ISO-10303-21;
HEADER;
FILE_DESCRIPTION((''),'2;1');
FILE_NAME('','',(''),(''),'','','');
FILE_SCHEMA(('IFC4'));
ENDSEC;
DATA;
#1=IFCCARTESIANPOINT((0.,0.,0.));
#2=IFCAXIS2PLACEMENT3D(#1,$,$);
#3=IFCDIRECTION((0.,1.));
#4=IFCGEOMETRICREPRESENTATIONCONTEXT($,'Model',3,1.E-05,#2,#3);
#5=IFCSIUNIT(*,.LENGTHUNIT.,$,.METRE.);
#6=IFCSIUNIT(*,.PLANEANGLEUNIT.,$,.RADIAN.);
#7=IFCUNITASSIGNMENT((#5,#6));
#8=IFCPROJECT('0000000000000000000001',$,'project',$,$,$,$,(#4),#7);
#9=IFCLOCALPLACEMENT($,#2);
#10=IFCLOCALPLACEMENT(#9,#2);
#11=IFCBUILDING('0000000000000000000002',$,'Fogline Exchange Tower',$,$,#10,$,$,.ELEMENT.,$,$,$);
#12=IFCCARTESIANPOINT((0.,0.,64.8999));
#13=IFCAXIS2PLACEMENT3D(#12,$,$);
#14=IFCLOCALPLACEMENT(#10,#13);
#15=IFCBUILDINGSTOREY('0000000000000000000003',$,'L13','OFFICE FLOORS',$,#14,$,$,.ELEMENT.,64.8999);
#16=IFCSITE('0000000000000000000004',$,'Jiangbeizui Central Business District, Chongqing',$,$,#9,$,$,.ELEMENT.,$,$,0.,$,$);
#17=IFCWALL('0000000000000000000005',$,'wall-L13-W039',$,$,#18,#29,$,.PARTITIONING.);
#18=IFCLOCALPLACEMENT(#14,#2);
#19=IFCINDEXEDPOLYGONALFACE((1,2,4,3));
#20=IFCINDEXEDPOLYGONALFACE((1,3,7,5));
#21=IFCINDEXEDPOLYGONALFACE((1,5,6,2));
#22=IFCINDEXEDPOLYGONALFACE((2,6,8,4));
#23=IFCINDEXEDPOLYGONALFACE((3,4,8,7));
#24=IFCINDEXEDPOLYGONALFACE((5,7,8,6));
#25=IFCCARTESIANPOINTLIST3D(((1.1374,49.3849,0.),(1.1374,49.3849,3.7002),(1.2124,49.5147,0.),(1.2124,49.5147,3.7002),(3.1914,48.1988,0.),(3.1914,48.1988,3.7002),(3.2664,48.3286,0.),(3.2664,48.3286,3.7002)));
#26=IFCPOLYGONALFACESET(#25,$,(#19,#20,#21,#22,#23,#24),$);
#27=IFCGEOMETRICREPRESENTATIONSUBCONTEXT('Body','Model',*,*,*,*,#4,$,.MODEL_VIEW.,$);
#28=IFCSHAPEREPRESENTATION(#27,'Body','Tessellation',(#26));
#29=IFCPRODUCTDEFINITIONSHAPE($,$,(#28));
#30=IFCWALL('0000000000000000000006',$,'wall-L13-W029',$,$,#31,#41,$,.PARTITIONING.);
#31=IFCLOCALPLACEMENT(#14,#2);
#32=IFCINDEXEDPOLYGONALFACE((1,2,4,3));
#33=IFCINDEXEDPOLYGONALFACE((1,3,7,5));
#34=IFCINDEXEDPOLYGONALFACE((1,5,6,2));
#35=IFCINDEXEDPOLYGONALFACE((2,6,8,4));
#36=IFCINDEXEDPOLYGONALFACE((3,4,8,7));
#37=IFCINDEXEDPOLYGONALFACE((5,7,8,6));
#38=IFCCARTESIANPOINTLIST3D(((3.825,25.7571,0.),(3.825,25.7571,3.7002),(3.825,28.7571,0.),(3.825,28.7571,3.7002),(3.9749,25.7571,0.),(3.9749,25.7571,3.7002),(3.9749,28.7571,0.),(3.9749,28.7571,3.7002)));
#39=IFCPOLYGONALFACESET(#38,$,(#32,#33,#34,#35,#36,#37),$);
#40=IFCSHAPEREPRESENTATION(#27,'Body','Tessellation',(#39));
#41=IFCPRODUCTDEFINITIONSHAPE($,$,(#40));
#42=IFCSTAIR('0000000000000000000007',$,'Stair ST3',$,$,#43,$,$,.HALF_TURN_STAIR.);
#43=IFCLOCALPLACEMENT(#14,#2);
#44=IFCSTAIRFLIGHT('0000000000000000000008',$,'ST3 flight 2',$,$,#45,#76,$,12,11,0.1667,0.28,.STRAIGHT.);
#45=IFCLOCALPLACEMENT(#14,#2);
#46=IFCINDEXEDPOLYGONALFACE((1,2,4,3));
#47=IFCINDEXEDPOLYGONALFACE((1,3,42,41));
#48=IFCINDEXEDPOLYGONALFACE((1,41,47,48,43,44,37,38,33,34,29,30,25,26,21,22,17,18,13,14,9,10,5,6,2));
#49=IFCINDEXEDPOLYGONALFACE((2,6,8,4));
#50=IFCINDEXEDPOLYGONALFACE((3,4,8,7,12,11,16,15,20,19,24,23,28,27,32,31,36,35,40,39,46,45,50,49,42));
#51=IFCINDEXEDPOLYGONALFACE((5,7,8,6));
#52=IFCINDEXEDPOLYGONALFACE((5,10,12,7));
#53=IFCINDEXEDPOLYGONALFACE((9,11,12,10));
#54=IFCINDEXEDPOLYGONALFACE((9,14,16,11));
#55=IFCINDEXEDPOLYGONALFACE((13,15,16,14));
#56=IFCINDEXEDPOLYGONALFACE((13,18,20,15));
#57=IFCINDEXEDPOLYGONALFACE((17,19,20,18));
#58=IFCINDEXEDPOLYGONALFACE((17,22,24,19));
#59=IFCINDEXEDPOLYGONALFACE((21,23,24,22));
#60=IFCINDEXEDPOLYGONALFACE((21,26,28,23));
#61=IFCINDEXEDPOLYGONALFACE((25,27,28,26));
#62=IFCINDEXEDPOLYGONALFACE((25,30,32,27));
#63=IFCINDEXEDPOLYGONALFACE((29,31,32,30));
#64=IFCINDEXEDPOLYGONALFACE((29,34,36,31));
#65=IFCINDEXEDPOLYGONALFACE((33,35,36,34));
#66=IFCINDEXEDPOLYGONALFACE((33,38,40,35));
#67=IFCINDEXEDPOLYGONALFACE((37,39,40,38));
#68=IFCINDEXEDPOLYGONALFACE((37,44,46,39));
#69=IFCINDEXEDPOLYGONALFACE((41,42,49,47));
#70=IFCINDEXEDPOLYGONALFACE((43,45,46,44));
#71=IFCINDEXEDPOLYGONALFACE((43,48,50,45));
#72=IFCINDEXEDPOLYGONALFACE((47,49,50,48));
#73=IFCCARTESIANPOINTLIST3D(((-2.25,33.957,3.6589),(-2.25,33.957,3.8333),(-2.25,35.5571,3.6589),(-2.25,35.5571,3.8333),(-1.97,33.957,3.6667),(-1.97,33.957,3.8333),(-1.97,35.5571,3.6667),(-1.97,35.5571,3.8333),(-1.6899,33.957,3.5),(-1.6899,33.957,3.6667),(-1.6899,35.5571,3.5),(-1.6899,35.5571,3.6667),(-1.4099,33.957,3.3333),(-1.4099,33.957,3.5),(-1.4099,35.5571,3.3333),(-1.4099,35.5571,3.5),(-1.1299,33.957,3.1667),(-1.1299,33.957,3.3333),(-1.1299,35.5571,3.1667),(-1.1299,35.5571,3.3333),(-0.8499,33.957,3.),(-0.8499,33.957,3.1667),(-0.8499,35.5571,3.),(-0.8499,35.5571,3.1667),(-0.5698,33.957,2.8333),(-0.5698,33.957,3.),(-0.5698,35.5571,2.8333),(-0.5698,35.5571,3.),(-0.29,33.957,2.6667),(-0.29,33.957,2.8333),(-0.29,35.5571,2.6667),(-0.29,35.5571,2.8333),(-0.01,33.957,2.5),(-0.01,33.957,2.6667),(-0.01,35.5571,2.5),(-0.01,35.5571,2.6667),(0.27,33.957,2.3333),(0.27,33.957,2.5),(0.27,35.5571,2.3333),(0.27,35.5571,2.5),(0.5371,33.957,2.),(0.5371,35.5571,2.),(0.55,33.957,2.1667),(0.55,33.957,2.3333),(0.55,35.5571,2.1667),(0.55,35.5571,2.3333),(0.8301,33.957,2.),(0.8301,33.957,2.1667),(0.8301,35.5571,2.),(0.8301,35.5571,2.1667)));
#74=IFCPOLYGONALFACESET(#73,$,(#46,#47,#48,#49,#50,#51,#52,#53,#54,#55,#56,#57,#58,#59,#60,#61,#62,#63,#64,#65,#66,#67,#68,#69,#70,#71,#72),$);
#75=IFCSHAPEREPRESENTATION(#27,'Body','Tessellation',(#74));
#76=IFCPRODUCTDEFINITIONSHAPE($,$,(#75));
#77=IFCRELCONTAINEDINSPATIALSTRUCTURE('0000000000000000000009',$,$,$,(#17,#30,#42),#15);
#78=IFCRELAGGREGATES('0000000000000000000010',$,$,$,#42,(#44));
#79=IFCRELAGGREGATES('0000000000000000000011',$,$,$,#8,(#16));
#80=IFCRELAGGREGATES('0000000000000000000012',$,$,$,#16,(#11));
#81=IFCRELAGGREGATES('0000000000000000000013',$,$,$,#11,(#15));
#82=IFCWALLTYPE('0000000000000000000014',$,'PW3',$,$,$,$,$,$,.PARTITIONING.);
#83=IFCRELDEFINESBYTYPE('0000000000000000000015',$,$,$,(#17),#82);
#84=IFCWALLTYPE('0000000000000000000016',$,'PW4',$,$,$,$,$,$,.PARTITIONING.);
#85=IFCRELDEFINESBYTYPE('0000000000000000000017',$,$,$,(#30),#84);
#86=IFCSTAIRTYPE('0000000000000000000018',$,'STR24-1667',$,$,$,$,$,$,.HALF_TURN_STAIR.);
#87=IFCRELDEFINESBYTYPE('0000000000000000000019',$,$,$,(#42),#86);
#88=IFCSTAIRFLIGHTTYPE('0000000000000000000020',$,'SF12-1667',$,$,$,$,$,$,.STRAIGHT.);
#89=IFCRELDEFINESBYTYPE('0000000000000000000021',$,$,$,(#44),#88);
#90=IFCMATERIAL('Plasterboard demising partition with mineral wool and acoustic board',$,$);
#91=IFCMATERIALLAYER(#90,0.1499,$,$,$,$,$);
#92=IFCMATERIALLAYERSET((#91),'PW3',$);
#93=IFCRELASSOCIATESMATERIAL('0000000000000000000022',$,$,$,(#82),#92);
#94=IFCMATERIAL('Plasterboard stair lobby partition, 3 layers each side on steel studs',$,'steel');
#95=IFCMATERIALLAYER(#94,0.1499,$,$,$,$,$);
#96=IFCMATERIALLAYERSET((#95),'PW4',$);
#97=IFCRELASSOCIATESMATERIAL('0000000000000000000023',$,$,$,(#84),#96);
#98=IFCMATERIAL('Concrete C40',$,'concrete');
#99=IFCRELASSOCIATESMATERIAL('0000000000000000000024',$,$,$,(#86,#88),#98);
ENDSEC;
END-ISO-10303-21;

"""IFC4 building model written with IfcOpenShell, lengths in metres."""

from ifc_helpers import new_model, si_unit, direction, frame, frame_2d, origin, place, context, subcontext, project, spatial, polyline, rectangle, outline, extrude, material, layer, layer_set, type_object, element, aggregate, save


model = new_model("IFC4")

# Units and contexts
model_context = context("Model", 3, precision=1e-05, world=origin(), true_north=direction((0.0, 1.0)))
body_context = subcontext(model_context, "Body", "Model", "MODEL_VIEW")
ifc_project = project(units=[si_unit("LENGTHUNIT", "METRE"), si_unit("PLANEANGLEUNIT", "RADIAN")], contexts=[model_context])

# Site, building, storey
site_placement = place(None, origin())
site = spatial("IfcSite", under=ifc_project, at=site_placement, Name="Jiangbeizui Central Business District, Chongqing", CompositionType="ELEMENT", RefElevation=0.0)
building_placement = place(site_placement, origin())
building = spatial("IfcBuilding", under=site, at=building_placement, Name="Fogline Exchange Tower", CompositionType="ELEMENT")
storey_placement = place(building_placement, frame((0.0, 0.0, 64.8999)))
storey = spatial("IfcBuildingStorey", under=building, at=storey_placement, Name="L13", Description="OFFICE FLOORS", CompositionType="ELEMENT", Elevation=64.8999)

# Shared definitions
ifc_material_1 = material(Name="Concrete C40", Category="concrete")

# Walls
ifc_material_2 = material(Name="Plasterboard demising partition with mineral wool and acoustic board")
ifc_layer_1 = layer(ifc_material_2, 0.1499)
ifc_layer_set_1 = layer_set([ifc_layer_1], Name="PW3")
wall_type_1 = type_object("IfcWallType", Name="PW3", PredefinedType="PARTITIONING", material=ifc_layer_set_1)
wall_1_placement = place(storey_placement, frame((3.229, 48.2637, 0.0), z_axis=(0.0, 0.0, 1.0), x_axis=(-0.865992, 0.500058, 0.0)))
element("IfcWall", 1, at=wall_1_placement, inside=storey, type_object=wall_type_1, Name="wall-L13-W039", PredefinedType="PARTITIONING", context=body_context, shape_type="SweptSolid", body=[
    extrude(rectangle(XDim=2.3718, YDim=0.1499, at=frame_2d((1.186, 0.0))), origin(), (0.0, 0.0, 1.0), 3.7002),
])
ifc_material_3 = material(Name="Plasterboard stair lobby partition, 3 layers each side on steel studs", Category="steel")
ifc_layer_2 = layer(ifc_material_3, 0.1499)
ifc_layer_set_2 = layer_set([ifc_layer_2], Name="PW4")
wall_type_2 = type_object("IfcWallType", Name="PW4", PredefinedType="PARTITIONING", material=ifc_layer_set_2)
wall_2_placement = place(storey_placement, frame((3.8999, 28.7571, 0.0), z_axis=(0.0, 0.0, 1.0), x_axis=(0.0, -1.0, 0.0)))
element("IfcWall", 2, at=wall_2_placement, inside=storey, type_object=wall_type_2, Name="wall-L13-W029", PredefinedType="PARTITIONING", context=body_context, shape_type="SweptSolid", body=[
    extrude(rectangle(XDim=3.0, YDim=0.1499, at=frame_2d((1.5, 0.0))), origin(), (0.0, 0.0, 1.0), 3.7002),
])

# Stair, stair flight
stair_type = type_object("IfcStairType", Name="STR24-1667", PredefinedType="HALF_TURN_STAIR", material=ifc_material_1)
stair_placement = place(storey_placement, origin())
stair = element("IfcStair", 3, at=stair_placement, inside=storey, type_object=stair_type, Name="Stair ST3", PredefinedType="HALF_TURN_STAIR")
stair_flight_type = type_object("IfcStairFlightType", Name="SF12-1667", PredefinedType="STRAIGHT", material=ifc_material_1)
stair_flight_placement = place(storey_placement, frame((0.8301, 34.7571, 2.0), z_axis=(0.0, 0.0, 1.0), x_axis=(-1.0, 0.0, 0.0)))
stair_flight = element("IfcStairFlight", 4, at=stair_flight_placement, type_object=stair_flight_type, Name="ST3 flight 2", NumberOfRisers=12, NumberOfTreads=11, PredefinedType="STRAIGHT", RiserHeight=0.1667, TreadLength=0.28, context=body_context, shape_type="SweptSolid", body=[
    extrude(outline(polyline([(0.0, 0.0), (0.0, 0.1667), (0.28, 0.1667), (0.28, 0.3333), (0.5601, 0.3333), (0.5601, 0.5), (0.8401, 0.5), (0.8401, 0.6667), (1.1201, 0.6667), (1.1201, 0.8333), (1.3999, 0.8333), (1.3999, 1.0), (1.6799, 1.0), (1.6799, 1.1667), (1.96, 1.1667), (1.96, 1.3333), (2.24, 1.3333), (2.24, 1.5), (2.52, 1.5), (2.52, 1.6667), (2.8, 1.6667), (2.8, 1.8333), (3.0801, 1.8333), (3.0801, 2.0), (3.0801, 1.6589), (0.293, 0.0), (0.0, 0.0)])), frame((0.0, 0.8, 0.0), z_axis=(0.0, -1.0, 0.0), x_axis=(1.0, 0.0, 0.0)), (0.0, 0.0, 1.0), 1.6001),
])
aggregate(stair, [stair_flight])

save(model, "model.ifc")
